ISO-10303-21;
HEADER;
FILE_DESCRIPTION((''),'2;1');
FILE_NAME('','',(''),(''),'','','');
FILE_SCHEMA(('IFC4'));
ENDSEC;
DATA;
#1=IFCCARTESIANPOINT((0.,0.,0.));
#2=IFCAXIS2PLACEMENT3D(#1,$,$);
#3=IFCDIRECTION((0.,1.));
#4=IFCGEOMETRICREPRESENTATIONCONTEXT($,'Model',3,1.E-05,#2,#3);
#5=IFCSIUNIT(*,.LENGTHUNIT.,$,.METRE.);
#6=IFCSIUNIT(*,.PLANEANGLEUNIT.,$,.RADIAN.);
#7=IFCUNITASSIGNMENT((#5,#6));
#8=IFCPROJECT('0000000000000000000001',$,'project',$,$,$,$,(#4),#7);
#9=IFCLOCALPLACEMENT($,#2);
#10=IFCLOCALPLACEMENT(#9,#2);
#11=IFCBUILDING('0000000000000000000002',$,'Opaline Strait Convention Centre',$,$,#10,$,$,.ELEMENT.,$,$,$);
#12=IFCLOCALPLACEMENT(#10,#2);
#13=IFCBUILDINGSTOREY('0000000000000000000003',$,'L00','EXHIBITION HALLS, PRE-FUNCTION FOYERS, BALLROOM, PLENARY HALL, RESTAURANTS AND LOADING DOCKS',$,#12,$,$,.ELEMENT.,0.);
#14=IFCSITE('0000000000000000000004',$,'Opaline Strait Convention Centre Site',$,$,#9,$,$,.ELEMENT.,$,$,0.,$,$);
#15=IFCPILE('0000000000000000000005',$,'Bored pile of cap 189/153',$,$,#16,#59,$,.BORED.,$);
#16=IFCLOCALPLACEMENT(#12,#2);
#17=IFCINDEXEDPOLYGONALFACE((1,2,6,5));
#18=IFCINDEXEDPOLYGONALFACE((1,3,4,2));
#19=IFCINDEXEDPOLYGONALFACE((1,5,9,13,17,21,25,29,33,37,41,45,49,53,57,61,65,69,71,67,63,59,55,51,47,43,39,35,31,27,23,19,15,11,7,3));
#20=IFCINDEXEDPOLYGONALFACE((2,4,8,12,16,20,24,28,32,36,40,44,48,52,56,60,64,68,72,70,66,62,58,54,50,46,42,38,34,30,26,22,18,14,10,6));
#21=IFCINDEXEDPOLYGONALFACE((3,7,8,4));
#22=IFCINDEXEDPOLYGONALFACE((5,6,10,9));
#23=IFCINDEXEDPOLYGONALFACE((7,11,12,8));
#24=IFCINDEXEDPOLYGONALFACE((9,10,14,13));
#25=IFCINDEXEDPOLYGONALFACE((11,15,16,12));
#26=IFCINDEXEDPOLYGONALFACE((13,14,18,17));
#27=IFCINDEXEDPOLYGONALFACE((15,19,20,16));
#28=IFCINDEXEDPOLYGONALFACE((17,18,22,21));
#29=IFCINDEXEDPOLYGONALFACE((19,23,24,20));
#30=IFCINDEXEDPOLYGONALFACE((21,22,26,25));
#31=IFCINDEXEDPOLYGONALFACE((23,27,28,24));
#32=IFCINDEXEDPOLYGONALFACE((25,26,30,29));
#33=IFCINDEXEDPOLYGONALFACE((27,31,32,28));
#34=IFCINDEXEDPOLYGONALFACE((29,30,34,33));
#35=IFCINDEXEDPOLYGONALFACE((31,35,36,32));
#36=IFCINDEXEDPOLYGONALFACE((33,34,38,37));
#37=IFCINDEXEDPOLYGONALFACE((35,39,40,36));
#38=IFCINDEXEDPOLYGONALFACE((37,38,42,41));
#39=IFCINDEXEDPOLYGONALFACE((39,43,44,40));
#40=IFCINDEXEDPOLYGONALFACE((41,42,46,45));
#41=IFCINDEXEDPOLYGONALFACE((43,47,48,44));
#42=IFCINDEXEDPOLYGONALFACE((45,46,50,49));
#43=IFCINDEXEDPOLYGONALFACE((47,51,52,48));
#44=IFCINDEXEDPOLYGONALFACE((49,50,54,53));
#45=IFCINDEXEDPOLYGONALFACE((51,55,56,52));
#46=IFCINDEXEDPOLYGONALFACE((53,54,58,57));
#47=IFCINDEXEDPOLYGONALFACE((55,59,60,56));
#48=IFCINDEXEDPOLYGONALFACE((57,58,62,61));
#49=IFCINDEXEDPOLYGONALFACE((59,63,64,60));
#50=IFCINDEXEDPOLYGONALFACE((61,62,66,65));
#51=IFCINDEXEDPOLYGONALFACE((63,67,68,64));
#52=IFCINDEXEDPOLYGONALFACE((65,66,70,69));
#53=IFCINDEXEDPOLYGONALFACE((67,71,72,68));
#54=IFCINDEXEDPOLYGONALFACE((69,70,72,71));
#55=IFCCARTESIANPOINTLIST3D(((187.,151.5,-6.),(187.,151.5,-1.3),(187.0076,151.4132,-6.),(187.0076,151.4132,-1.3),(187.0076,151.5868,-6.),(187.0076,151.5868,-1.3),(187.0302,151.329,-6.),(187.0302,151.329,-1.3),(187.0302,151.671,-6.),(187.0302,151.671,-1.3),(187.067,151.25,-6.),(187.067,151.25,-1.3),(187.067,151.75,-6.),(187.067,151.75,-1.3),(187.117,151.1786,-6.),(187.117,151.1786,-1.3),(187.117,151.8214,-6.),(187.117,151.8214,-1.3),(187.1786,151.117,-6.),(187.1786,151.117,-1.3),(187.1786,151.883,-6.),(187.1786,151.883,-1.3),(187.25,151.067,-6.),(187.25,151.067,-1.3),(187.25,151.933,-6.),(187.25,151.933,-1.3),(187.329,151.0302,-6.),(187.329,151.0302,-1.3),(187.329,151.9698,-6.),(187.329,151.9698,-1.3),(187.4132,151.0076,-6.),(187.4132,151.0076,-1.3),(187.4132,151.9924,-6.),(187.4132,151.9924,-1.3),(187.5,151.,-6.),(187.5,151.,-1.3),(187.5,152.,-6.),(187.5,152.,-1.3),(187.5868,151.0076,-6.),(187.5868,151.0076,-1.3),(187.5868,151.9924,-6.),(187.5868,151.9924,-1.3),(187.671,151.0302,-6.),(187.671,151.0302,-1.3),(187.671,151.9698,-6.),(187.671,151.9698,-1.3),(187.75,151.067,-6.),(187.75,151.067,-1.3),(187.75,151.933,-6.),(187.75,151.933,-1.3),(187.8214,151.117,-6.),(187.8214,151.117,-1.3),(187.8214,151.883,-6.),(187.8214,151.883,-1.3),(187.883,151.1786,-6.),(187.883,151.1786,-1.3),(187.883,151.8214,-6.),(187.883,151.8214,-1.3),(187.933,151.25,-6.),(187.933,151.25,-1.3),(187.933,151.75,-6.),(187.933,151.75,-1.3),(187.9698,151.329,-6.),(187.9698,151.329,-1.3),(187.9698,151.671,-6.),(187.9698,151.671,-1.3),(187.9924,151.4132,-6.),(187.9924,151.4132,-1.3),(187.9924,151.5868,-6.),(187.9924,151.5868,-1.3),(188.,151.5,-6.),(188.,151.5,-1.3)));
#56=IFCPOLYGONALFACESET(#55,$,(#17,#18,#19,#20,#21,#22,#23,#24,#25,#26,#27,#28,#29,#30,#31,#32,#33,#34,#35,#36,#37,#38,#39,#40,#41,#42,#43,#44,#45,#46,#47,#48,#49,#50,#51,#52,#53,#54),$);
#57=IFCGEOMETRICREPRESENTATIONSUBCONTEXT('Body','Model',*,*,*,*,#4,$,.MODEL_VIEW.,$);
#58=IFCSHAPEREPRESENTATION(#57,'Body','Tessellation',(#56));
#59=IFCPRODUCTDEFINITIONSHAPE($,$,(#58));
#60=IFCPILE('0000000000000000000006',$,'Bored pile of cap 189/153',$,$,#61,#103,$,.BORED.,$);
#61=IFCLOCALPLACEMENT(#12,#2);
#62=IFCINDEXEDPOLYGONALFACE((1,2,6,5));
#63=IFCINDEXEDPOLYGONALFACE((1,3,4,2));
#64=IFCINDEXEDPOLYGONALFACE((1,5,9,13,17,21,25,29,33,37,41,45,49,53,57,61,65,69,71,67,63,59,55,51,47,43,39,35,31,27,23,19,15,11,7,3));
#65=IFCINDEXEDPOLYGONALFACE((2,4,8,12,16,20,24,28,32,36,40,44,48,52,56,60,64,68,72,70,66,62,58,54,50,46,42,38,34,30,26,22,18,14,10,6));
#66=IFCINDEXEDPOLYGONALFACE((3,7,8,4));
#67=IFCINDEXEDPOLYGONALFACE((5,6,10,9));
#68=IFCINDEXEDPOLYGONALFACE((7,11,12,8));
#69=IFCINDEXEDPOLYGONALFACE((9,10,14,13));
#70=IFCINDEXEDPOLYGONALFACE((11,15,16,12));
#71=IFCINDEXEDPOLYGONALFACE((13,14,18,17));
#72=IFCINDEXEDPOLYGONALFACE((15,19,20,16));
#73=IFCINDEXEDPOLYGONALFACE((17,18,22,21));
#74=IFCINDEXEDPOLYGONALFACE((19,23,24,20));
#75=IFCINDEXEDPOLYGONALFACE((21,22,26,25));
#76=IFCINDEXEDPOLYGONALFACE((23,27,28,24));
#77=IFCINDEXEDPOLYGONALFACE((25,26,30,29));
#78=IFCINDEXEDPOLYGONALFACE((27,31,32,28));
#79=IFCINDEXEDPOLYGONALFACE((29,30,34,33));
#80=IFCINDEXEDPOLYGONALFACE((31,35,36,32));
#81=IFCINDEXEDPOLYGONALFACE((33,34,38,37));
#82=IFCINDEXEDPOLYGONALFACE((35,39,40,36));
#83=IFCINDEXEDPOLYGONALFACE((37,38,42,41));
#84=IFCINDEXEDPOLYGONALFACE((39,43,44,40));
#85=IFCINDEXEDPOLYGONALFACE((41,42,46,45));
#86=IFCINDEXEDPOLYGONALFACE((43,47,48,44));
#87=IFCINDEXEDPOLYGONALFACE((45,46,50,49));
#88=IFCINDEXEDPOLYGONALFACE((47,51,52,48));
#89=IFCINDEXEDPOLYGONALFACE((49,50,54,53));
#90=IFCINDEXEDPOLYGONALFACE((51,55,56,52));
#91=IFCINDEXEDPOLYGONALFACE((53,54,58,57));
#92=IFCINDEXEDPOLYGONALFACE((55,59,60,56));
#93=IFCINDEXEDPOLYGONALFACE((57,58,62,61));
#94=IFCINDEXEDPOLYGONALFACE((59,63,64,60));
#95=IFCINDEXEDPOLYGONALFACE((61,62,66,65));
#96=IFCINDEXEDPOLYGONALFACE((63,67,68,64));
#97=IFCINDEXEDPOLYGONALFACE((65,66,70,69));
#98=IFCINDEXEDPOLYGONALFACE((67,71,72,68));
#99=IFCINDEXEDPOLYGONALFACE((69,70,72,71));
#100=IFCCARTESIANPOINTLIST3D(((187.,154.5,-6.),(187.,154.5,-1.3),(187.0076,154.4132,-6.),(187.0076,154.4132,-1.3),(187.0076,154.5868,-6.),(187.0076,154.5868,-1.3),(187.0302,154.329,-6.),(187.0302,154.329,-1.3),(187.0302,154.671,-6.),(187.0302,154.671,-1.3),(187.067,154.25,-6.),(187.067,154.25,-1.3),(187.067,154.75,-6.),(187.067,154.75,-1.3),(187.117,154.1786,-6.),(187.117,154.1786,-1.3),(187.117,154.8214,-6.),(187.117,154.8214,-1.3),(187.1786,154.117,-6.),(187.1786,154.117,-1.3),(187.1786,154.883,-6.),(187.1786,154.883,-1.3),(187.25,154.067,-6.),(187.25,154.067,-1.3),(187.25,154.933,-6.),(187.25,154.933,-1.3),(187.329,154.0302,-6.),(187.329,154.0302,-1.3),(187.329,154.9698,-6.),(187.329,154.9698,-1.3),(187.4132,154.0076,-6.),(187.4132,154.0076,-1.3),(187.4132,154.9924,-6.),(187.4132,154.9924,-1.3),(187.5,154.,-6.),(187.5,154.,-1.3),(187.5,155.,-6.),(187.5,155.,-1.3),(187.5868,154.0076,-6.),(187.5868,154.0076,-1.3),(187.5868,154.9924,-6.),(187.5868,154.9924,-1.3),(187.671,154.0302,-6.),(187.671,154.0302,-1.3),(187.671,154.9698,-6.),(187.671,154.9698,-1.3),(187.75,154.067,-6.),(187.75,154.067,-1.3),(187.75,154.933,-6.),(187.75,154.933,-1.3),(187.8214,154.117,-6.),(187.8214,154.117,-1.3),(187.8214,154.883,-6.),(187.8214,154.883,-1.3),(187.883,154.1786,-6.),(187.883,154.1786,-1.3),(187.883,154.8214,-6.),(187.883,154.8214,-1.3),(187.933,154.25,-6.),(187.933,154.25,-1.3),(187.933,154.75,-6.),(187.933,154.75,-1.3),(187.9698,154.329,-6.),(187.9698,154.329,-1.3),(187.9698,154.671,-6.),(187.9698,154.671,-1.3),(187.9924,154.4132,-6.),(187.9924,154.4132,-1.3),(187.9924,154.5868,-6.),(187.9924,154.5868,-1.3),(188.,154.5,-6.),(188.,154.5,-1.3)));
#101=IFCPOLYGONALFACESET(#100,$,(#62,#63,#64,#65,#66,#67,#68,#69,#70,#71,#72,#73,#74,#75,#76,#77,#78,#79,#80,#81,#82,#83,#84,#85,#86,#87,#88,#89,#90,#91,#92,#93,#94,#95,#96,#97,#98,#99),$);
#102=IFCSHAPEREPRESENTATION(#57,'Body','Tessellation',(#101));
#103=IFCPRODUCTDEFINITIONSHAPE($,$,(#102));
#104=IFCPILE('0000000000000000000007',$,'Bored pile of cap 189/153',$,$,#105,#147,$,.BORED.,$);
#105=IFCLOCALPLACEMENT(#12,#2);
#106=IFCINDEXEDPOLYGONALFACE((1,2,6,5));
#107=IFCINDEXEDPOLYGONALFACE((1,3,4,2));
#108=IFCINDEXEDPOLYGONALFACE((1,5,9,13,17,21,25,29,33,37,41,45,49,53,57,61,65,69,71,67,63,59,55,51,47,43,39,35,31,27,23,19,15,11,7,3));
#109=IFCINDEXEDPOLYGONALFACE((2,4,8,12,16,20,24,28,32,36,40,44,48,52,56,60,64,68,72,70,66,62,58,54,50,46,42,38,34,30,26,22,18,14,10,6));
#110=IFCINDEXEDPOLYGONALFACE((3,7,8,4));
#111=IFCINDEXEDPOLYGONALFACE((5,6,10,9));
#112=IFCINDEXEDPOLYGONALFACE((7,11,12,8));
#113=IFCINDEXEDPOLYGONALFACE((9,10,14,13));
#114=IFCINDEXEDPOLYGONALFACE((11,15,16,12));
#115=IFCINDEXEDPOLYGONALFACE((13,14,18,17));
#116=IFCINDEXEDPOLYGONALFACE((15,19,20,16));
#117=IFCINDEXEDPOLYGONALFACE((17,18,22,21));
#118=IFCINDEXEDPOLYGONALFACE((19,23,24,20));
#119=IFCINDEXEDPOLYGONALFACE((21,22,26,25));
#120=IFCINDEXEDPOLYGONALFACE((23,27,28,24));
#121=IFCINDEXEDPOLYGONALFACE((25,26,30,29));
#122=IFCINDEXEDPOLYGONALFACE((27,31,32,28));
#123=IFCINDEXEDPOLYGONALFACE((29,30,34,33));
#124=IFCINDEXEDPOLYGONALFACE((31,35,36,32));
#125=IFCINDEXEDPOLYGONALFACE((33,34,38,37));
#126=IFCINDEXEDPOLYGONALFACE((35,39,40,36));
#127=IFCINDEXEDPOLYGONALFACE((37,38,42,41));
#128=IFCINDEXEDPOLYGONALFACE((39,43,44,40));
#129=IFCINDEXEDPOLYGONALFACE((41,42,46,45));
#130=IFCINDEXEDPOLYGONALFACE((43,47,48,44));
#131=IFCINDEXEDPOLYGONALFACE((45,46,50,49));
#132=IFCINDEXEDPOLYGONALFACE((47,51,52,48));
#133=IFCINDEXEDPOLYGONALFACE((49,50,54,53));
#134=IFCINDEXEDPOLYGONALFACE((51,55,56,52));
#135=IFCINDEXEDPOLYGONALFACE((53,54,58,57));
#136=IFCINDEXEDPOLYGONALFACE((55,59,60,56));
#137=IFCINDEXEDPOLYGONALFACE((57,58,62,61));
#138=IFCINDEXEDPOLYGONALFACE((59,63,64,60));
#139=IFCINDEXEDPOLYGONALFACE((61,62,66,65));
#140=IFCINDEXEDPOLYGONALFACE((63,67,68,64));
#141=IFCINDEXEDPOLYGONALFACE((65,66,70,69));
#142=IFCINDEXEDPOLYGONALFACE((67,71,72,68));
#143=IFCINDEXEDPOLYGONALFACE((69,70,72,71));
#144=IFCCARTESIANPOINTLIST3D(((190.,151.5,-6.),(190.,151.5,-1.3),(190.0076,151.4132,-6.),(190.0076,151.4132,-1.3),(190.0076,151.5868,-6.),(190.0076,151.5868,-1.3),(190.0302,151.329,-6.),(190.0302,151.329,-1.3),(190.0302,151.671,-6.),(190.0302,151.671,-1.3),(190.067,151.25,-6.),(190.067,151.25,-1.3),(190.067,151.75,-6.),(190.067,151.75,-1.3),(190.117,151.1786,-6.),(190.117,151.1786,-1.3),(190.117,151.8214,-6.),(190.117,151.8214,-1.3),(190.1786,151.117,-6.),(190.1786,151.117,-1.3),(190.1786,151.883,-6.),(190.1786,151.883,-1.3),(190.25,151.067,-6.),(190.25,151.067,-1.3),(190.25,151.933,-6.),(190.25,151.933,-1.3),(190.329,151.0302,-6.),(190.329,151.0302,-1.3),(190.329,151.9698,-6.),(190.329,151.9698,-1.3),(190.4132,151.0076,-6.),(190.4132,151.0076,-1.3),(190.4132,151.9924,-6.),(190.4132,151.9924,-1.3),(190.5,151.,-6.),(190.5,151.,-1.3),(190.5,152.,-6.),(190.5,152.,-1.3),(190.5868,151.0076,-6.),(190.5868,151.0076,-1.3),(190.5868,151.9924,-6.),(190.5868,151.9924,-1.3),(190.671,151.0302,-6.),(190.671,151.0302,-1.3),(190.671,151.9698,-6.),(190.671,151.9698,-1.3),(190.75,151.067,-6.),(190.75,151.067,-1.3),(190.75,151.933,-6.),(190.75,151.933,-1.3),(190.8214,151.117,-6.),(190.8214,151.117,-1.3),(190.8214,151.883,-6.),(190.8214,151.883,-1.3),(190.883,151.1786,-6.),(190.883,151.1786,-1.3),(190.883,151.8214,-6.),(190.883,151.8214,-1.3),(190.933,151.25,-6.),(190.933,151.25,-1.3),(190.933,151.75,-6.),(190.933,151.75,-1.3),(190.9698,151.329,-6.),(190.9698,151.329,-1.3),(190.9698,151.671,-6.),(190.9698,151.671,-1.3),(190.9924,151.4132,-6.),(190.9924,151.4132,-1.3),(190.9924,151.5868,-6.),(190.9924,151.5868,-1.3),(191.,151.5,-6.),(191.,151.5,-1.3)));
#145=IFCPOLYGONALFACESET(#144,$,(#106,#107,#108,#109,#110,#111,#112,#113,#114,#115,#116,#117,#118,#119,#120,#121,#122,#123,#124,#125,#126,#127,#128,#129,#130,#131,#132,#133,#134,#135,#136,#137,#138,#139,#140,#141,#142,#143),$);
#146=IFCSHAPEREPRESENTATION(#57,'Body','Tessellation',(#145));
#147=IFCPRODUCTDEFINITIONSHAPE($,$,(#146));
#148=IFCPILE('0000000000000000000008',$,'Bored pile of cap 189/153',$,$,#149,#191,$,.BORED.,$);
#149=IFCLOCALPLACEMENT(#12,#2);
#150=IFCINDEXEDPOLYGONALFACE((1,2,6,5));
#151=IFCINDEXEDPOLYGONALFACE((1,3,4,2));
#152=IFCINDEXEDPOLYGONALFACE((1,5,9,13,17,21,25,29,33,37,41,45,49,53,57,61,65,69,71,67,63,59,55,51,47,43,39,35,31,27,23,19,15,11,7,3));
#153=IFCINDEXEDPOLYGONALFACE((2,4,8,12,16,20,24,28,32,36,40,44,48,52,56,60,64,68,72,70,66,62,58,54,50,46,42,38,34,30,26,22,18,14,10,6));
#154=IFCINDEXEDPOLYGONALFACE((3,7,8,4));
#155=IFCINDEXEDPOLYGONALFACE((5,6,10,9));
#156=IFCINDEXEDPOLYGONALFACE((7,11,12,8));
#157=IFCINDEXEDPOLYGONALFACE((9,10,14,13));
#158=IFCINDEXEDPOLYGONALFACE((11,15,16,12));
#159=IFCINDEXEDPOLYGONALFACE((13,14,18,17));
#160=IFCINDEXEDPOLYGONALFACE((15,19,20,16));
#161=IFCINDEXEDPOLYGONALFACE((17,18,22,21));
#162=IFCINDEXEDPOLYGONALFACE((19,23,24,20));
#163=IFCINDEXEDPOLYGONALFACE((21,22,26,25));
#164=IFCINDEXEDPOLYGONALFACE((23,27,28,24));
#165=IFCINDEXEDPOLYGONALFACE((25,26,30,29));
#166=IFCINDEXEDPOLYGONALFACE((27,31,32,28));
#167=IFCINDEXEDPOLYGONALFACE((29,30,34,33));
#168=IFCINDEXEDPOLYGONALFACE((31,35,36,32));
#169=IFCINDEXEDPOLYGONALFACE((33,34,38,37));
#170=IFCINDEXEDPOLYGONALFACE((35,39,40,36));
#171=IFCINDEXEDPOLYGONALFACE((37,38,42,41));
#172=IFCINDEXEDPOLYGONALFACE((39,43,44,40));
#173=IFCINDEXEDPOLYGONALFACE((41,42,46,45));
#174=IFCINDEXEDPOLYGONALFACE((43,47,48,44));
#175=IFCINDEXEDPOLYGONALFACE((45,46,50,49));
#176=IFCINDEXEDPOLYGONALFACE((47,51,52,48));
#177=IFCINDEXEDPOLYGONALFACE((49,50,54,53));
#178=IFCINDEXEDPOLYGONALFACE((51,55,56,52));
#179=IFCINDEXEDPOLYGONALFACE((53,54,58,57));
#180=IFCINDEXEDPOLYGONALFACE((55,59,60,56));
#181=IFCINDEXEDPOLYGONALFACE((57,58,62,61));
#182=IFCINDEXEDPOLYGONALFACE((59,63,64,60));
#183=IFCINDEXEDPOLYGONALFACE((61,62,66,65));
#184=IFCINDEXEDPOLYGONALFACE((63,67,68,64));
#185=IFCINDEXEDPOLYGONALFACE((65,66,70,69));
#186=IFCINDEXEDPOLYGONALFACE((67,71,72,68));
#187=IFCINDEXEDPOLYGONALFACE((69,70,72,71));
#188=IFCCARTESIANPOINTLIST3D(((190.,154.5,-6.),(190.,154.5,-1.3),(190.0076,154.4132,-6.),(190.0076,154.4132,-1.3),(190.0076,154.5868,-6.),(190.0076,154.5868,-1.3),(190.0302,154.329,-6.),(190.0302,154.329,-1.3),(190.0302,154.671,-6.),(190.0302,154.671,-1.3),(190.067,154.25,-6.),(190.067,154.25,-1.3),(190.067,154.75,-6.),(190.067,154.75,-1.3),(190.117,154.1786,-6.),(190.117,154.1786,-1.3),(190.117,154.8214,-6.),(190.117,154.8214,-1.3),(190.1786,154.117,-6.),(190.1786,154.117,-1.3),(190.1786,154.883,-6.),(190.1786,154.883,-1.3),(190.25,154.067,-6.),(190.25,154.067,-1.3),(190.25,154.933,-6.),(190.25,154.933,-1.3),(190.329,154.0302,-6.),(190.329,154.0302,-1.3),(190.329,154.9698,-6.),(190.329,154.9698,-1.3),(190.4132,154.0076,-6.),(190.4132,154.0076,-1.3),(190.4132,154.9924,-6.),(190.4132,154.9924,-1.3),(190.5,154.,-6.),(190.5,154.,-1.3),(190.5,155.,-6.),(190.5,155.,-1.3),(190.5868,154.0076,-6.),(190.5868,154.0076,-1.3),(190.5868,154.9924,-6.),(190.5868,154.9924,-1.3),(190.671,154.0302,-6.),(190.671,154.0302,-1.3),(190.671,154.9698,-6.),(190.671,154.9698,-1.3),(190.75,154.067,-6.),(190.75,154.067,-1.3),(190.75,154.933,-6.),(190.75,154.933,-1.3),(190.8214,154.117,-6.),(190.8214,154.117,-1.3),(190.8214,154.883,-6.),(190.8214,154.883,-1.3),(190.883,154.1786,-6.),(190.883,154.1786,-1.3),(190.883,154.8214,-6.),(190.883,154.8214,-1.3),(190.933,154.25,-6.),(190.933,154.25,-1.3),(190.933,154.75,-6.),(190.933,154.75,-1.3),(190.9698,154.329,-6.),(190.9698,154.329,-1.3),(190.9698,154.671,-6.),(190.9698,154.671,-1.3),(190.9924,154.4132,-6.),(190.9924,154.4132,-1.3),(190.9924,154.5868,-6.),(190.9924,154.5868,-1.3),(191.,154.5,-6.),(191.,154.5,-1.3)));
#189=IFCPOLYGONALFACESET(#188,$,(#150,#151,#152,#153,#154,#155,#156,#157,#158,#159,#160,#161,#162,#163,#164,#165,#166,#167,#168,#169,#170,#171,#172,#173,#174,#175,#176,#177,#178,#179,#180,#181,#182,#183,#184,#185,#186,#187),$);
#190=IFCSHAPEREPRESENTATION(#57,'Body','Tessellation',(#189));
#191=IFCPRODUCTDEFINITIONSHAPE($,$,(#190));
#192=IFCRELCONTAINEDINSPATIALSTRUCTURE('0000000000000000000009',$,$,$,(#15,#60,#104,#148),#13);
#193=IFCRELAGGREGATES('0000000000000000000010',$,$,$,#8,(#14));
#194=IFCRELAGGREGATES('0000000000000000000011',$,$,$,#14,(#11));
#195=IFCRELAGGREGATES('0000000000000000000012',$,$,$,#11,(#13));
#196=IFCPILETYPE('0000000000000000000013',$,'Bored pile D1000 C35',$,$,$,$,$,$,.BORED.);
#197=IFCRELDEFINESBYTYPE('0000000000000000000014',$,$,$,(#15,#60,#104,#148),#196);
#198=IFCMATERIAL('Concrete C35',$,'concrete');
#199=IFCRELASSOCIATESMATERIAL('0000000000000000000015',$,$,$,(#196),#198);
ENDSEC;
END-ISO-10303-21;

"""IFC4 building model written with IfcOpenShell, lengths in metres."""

from ifc_helpers import new_model, si_unit, direction, frame, origin, origin_2d, place, context, subcontext, project, spatial, circle, extrude, material, material_profile, profile_set, type_object, element, save


model = new_model("IFC4")

# Units and contexts
model_context = context("Model", 3, precision=1e-05, world=origin(), true_north=direction((0.0, 1.0)))
body_context = subcontext(model_context, "Body", "Model", "MODEL_VIEW")
ifc_project = project(units=[si_unit("LENGTHUNIT", "METRE"), si_unit("PLANEANGLEUNIT", "RADIAN")], contexts=[model_context])

# Site, building, storey
site_placement = place(None, origin())
site = spatial("IfcSite", under=ifc_project, at=site_placement, Name="Opaline Strait Convention Centre Site", CompositionType="ELEMENT", RefElevation=0.0)
building_placement = place(site_placement, origin())
building = spatial("IfcBuilding", under=site, at=building_placement, Name="Opaline Strait Convention Centre", CompositionType="ELEMENT")
storey_placement = place(building_placement, origin())
storey = spatial("IfcBuildingStorey", under=building, at=storey_placement, Name="L00", Description="EXHIBITION HALLS, PRE-FUNCTION FOYERS, BALLROOM, PLENARY HALL, RESTAURANTS AND LOADING DOCKS", CompositionType="ELEMENT", Elevation=0.0)

# Piles
ifc_material_1 = material(Name="Concrete C35", Category="concrete")
ifc_material_profile_1 = material_profile(ifc_material_1, circle(Radius=0.5, at=origin_2d()), Name="D1000")
ifc_profile_set_1 = profile_set([ifc_material_profile_1], Name="Concrete C35")
pile_type_1 = type_object("IfcPileType", Name="Bored pile D1000 C35", PredefinedType="BORED", material=ifc_profile_set_1)
for number, where, z_axis, x_axis, name in (
    (1, (187.5, 151.5, -1.3), (0.0, 0.0, -1.0), (1.0, 0.0, 0.0), "Bored pile of cap 189/153"),
    (2, (187.5, 154.5, -1.3), (0.0, 0.0, -1.0), (1.0, 0.0, 0.0), "Bored pile of cap 189/153"),
    (3, (190.5, 151.5, -1.3), (0.0, 0.0, -1.0), (1.0, 0.0, 0.0), "Bored pile of cap 189/153"),
    (4, (190.5, 154.5, -1.3), (0.0, 0.0, -1.0), (1.0, 0.0, 0.0), "Bored pile of cap 189/153"),
):
    element("IfcPile", number, at=place(storey_placement, frame(where, z_axis=z_axis, x_axis=x_axis)), inside=storey, type_object=pile_type_1, Name=name, PredefinedType="BORED", context=body_context, shape_type="SweptSolid", body=[
        extrude(circle(Radius=0.5, at=origin_2d()), origin(), (0.0, 0.0, 1.0), 4.7),
    ])

save(model, "model.ifc")
